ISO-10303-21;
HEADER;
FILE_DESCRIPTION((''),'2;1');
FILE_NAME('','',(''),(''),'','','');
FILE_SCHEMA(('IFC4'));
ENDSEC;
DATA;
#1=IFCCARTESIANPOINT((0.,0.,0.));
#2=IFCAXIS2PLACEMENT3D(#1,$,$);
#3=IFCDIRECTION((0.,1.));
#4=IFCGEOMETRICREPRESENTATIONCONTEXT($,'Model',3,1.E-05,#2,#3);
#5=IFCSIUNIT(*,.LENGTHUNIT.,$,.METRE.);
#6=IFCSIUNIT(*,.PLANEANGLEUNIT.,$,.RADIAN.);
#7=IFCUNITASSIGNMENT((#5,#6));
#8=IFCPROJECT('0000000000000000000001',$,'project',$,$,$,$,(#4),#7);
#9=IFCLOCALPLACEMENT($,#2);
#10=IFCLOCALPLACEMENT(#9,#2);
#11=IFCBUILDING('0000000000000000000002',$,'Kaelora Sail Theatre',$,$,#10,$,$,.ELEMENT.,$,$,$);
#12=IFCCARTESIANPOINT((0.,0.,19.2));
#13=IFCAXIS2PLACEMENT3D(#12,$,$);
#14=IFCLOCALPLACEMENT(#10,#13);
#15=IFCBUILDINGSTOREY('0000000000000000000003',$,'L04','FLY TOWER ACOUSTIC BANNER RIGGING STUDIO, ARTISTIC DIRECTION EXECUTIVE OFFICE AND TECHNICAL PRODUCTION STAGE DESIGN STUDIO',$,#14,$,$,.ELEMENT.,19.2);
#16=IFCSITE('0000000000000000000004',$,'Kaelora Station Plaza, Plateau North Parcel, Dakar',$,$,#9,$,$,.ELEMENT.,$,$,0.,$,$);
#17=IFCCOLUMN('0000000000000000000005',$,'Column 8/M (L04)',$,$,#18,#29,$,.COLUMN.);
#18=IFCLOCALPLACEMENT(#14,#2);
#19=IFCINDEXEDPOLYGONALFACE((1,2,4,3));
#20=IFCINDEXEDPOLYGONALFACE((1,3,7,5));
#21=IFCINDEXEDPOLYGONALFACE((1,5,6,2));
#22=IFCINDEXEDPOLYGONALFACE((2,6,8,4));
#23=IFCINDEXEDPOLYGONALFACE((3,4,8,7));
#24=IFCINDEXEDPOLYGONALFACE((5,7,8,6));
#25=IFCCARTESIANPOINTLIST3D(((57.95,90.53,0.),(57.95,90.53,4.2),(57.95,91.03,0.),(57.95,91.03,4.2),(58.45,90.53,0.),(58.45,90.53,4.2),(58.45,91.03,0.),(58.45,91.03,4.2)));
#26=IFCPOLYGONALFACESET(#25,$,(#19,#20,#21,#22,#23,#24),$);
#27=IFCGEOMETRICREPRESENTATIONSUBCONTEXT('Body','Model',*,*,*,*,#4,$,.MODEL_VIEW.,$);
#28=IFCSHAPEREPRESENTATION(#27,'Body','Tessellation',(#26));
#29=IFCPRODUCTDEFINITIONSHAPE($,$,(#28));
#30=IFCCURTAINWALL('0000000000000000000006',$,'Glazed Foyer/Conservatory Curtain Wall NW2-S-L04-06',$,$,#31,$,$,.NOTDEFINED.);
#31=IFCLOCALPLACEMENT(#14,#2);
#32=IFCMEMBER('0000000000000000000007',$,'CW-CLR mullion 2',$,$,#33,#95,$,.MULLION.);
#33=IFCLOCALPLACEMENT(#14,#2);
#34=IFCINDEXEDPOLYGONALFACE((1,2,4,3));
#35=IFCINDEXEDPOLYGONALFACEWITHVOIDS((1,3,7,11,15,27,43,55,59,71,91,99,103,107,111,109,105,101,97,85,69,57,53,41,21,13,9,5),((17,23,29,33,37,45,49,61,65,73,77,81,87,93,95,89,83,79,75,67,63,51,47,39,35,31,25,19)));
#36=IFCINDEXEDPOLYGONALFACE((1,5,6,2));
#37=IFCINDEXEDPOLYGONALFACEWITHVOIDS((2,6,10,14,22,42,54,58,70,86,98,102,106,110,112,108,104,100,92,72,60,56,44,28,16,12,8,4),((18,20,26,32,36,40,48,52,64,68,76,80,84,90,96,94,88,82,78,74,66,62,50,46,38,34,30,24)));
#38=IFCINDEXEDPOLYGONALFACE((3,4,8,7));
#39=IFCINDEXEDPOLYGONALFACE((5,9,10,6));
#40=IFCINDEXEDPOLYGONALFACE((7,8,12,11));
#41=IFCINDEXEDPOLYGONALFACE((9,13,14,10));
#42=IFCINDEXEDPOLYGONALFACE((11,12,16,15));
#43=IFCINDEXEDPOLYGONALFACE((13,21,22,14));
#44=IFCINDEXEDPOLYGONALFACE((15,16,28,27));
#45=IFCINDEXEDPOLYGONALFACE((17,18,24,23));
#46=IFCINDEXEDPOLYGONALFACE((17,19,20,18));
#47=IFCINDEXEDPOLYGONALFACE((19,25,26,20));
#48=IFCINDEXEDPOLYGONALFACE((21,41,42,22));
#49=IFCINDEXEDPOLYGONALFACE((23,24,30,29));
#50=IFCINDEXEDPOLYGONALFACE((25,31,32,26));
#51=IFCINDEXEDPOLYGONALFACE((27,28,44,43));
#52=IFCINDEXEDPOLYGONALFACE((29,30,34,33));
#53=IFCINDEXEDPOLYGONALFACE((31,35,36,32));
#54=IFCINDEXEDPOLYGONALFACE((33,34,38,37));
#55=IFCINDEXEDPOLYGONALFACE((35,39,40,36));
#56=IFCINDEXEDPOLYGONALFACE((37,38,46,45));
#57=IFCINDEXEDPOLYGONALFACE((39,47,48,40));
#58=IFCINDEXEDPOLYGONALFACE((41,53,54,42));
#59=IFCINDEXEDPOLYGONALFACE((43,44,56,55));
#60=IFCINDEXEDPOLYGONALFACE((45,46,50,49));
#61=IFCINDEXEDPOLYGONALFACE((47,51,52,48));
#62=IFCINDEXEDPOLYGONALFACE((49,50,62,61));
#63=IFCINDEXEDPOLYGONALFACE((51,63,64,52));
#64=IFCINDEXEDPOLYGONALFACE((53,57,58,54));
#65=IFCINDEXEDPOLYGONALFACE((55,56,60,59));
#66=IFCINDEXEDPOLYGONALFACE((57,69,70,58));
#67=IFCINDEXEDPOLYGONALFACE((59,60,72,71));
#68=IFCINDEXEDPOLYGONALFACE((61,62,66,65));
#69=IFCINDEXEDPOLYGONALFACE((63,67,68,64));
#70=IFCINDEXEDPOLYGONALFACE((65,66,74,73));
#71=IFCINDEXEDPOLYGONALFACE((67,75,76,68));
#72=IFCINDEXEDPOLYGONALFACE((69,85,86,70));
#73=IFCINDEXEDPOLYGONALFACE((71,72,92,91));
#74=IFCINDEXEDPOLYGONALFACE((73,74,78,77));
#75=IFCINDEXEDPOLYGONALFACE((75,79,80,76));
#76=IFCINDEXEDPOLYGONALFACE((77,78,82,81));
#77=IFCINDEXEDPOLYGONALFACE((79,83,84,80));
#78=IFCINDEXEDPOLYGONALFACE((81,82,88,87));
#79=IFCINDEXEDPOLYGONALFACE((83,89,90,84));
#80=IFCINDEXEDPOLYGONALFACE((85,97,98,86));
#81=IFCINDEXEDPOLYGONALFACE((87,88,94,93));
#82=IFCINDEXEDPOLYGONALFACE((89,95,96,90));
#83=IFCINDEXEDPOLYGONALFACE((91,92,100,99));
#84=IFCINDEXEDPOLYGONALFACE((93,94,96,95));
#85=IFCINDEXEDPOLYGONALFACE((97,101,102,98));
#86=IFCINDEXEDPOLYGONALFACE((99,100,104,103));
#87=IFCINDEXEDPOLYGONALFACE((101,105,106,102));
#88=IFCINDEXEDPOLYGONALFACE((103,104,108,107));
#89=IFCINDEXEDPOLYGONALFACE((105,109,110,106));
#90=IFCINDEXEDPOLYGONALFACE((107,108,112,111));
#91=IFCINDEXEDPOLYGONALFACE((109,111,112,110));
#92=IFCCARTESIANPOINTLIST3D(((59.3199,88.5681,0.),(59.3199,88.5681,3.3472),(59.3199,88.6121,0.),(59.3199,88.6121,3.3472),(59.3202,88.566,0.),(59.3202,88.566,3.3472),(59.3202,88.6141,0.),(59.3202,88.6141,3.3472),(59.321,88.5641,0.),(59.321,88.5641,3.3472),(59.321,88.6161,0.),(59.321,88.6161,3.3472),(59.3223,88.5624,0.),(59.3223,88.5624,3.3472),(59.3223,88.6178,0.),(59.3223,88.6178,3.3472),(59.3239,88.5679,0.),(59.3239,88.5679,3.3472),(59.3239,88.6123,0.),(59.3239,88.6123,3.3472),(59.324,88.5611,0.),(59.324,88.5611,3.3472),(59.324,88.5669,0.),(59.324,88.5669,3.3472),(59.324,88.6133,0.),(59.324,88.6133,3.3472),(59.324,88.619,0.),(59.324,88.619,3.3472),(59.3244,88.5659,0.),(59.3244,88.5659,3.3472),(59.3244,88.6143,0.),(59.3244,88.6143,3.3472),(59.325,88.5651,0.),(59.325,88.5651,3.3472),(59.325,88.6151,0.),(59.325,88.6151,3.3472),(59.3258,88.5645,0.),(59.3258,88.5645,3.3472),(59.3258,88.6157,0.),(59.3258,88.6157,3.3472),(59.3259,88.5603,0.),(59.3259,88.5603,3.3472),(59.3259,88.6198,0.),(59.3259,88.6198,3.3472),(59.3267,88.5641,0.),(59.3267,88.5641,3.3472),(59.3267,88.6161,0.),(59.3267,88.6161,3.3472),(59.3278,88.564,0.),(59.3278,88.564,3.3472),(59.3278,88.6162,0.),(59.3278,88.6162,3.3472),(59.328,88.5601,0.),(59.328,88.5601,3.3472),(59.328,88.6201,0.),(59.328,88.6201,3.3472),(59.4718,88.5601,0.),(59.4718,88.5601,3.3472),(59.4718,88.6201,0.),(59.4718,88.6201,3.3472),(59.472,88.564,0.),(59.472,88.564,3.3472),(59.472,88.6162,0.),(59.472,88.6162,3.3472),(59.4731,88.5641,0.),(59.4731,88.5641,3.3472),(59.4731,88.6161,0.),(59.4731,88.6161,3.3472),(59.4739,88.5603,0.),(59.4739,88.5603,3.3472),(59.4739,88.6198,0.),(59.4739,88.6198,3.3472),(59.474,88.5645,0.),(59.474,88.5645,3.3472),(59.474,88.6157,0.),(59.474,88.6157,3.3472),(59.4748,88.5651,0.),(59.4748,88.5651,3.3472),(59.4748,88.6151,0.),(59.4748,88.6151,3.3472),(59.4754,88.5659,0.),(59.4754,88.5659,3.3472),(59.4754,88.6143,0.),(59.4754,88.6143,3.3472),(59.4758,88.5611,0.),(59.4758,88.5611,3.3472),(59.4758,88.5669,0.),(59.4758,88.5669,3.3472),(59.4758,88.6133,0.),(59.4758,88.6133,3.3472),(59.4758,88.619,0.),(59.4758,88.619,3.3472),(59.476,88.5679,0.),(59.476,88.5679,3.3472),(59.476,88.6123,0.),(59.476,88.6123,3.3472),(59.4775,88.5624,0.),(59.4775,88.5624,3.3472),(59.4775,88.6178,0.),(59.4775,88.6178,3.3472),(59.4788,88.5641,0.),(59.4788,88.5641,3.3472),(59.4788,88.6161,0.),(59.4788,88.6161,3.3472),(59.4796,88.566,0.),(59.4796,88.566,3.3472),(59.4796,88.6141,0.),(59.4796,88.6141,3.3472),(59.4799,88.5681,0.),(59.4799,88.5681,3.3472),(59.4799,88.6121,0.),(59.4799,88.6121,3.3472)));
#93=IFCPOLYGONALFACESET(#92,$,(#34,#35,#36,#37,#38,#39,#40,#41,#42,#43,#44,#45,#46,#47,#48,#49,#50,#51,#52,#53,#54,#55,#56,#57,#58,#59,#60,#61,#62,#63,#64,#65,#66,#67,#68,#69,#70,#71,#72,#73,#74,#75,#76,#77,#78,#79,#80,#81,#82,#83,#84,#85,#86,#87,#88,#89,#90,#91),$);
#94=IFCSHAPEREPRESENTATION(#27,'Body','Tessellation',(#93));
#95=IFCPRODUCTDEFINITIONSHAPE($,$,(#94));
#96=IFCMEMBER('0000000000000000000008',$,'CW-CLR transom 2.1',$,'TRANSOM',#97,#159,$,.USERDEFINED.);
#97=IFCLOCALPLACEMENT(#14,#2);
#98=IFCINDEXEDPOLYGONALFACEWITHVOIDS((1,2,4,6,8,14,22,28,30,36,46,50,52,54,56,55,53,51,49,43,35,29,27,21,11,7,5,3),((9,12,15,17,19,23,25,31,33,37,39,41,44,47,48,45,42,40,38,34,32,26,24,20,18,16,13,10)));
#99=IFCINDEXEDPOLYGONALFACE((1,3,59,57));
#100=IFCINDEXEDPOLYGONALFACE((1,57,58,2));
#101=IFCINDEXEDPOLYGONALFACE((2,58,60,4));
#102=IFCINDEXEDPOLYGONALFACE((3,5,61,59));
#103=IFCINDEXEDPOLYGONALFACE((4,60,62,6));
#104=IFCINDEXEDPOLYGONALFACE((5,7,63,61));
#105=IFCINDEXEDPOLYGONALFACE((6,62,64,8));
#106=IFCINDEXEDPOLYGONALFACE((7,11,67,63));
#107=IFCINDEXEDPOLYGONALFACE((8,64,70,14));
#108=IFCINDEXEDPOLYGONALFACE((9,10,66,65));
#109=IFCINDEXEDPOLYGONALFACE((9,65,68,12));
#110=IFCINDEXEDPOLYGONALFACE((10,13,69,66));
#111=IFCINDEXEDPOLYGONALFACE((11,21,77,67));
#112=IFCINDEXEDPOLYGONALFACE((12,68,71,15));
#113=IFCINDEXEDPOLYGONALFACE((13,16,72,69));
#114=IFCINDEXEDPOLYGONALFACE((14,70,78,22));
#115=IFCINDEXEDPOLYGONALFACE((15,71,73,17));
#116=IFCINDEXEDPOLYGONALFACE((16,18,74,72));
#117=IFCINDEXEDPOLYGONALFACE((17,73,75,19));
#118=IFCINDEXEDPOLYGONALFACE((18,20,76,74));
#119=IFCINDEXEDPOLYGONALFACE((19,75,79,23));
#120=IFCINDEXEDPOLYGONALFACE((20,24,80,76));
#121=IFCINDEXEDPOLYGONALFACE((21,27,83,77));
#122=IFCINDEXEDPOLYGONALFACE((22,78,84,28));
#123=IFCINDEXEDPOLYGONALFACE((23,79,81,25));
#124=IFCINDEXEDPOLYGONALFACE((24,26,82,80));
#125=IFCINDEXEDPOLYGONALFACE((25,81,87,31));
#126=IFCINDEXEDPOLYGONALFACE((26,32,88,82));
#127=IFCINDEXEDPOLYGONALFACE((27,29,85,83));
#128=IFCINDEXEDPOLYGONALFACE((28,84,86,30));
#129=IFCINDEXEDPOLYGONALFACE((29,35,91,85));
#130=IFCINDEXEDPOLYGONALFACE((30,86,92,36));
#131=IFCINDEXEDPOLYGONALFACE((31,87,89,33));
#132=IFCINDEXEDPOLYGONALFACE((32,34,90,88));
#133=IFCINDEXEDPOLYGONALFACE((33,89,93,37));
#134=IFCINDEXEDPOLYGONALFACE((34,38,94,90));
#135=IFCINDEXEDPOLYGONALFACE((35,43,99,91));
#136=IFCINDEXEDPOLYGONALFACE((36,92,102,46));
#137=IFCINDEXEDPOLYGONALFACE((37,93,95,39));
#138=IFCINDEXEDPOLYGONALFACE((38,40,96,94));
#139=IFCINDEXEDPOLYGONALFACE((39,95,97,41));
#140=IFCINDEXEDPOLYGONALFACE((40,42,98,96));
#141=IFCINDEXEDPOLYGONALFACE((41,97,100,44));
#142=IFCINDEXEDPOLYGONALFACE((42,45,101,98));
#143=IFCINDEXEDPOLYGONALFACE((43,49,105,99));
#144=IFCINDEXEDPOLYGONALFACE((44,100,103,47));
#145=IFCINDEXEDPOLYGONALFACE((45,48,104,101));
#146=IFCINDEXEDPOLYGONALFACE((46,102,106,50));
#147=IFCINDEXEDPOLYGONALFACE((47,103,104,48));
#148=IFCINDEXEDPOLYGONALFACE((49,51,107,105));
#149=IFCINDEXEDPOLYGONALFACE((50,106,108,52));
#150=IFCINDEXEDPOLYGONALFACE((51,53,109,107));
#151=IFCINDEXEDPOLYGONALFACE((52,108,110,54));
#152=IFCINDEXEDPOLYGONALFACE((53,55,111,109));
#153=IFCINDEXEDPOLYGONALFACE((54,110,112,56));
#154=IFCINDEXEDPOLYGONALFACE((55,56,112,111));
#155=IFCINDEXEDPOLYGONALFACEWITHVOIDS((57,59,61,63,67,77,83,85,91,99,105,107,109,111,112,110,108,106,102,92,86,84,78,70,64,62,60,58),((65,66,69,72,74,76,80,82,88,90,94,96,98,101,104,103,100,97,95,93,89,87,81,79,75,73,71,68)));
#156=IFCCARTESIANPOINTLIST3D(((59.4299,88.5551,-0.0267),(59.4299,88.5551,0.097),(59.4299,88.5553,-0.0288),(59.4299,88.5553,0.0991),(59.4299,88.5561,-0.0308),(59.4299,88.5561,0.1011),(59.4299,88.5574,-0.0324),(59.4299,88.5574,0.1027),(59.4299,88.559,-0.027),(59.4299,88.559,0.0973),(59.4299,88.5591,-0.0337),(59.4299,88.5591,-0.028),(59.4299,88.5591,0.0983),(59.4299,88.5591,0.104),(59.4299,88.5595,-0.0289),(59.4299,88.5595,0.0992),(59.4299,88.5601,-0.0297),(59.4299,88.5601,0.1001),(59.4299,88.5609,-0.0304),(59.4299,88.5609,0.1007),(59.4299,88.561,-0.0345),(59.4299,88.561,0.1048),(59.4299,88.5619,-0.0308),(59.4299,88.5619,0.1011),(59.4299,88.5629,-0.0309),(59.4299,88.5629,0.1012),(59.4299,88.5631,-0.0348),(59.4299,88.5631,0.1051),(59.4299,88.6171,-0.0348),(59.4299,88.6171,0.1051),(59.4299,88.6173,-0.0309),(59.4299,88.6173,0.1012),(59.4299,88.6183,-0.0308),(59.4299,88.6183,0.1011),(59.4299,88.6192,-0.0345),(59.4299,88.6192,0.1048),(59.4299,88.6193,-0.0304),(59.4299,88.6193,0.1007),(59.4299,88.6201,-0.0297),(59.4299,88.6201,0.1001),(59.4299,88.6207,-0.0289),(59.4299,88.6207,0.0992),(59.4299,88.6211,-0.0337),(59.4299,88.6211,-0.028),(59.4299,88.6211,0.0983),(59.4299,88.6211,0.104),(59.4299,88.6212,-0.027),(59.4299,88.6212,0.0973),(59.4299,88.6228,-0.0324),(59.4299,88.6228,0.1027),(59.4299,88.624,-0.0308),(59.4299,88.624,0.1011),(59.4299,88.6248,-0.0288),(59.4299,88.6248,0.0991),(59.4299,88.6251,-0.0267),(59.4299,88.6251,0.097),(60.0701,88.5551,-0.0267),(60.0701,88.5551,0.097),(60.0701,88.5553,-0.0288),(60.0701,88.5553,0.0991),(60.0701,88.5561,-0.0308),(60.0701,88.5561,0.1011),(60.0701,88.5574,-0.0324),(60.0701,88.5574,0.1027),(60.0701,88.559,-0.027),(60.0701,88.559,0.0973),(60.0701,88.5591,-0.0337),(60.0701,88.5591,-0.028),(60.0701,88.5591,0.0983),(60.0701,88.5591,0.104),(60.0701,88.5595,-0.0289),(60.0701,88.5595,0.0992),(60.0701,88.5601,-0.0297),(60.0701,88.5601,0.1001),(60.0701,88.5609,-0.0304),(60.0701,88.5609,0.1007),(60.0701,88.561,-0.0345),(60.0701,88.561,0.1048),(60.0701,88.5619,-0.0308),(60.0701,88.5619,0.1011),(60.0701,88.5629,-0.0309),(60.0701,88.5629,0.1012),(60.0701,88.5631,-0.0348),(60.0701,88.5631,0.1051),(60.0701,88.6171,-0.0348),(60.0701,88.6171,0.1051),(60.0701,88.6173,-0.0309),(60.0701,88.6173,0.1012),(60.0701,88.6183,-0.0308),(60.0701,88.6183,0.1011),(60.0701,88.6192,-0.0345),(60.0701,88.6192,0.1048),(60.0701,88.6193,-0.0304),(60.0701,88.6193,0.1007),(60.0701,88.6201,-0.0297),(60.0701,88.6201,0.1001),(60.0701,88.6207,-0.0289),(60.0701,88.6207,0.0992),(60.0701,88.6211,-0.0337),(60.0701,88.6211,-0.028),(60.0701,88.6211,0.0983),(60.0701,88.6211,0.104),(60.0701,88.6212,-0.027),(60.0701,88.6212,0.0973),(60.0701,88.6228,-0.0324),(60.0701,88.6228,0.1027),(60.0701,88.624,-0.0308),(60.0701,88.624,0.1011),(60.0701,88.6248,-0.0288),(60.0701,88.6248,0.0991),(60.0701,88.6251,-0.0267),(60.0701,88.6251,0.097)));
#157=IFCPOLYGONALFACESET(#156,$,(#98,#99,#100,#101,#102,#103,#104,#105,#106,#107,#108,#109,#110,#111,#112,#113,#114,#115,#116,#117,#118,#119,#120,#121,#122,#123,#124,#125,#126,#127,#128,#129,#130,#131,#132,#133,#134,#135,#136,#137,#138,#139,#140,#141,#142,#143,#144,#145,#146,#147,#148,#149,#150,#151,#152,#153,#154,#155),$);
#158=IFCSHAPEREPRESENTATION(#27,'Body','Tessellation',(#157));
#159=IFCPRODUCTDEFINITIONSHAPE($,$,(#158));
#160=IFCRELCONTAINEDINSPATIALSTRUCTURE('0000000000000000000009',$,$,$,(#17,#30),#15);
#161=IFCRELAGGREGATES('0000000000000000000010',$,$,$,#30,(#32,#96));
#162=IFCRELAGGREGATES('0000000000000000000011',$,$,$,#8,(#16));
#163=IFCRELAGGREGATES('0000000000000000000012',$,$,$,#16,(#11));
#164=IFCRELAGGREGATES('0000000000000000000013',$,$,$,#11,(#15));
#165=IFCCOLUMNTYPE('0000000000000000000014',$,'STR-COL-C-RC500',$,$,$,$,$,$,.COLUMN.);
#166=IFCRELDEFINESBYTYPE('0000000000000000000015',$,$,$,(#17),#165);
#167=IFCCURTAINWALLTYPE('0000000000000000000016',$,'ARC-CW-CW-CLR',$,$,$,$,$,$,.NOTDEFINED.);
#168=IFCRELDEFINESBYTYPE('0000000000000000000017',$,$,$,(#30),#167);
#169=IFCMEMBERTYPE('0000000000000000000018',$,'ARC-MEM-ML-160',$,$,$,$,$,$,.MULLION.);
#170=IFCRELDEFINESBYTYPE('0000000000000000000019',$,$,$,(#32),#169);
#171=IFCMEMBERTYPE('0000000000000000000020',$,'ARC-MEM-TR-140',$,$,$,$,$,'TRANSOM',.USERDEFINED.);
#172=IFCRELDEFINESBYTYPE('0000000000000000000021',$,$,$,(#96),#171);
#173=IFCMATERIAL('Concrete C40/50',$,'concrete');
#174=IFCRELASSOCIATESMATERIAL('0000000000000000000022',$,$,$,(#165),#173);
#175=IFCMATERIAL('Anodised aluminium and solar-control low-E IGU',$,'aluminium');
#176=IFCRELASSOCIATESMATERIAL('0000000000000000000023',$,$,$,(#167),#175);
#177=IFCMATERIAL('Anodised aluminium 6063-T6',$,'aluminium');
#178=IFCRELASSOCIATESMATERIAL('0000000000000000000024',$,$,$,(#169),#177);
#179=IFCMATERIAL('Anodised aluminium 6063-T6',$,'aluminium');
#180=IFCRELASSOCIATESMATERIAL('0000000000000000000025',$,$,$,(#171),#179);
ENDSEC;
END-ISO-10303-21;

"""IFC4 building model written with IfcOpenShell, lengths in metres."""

from ifc_helpers import new_model, si_unit, direction, frame, origin, origin_2d, place, context, subcontext, project, spatial, rectangle, hollow_rectangle, extrude, material, material_profile, profile_set, type_object, element, aggregate, save


model = new_model("IFC4")

# Units and contexts
model_context = context("Model", 3, precision=1e-05, world=origin(), true_north=direction((0.0, 1.0)))
body_context = subcontext(model_context, "Body", "Model", "MODEL_VIEW")
ifc_project = project(units=[si_unit("LENGTHUNIT", "METRE"), si_unit("PLANEANGLEUNIT", "RADIAN")], contexts=[model_context])

# Site, building, storey
site_placement = place(None, origin())
site = spatial("IfcSite", under=ifc_project, at=site_placement, Name="Kaelora Station Plaza, Plateau North Parcel, Dakar", CompositionType="ELEMENT", RefElevation=0.0)
building_placement = place(site_placement, origin())
building = spatial("IfcBuilding", under=site, at=building_placement, Name="Kaelora Sail Theatre", CompositionType="ELEMENT")
storey_placement = place(building_placement, frame((0.0, 0.0, 19.2)))
storey = spatial("IfcBuildingStorey", under=building, at=storey_placement, Name="L04", Description="FLY TOWER ACOUSTIC BANNER RIGGING STUDIO, ARTISTIC DIRECTION EXECUTIVE OFFICE AND TECHNICAL PRODUCTION STAGE DESIGN STUDIO", CompositionType="ELEMENT", Elevation=19.2)

# Column
ifc_material_1 = material(Name="Concrete C40/50", Category="concrete")
ifc_material_profile_1 = material_profile(ifc_material_1, rectangle(XDim=0.5, YDim=0.5, at=origin_2d()), Name="RC-COL 500x500")
ifc_profile_set_1 = profile_set([ifc_material_profile_1], Name="Concrete C40/50")
column_type = type_object("IfcColumnType", Name="STR-COL-C-RC500", PredefinedType="COLUMN", material=ifc_profile_set_1)
column_placement = place(storey_placement, frame((58.2, 90.78, 0.0), z_axis=(0.0, 0.0, 1.0), x_axis=(1.0, 0.0, 0.0)))
element("IfcColumn", 1, at=column_placement, inside=storey, type_object=column_type, Name="Column 8/M (L04)", PredefinedType="COLUMN", context=body_context, shape_type="SweptSolid", body=[
    extrude(rectangle(XDim=0.5, YDim=0.5, at=origin_2d()), origin(), (0.0, 0.0, 1.0), 4.2),
])

# Curtain wall, members
ifc_material_2 = material(Name="Anodised aluminium and solar-control low-E IGU", Category="aluminium")
curtain_wall_type = type_object("IfcCurtainWallType", Name="ARC-CW-CW-CLR", PredefinedType="NOTDEFINED", material=ifc_material_2)
curtain_wall_placement = place(storey_placement, origin())
curtain_wall = element("IfcCurtainWall", 2, at=curtain_wall_placement, inside=storey, type_object=curtain_wall_type, Name="Glazed Foyer/Conservatory Curtain Wall NW2-S-L04-06", PredefinedType="NOTDEFINED")
ifc_material_3 = material(Name="Anodised aluminium 6063-T6", Category="aluminium")
ifc_material_profile_2 = material_profile(ifc_material_3, hollow_rectangle(XDim=0.0601, YDim=0.1599, WallThickness=0.0039, InnerFilletRadius=0.0039, OuterFilletRadius=0.0081, at=origin_2d()), Name="ALU-MULL 60x160x4")
ifc_profile_set_2 = profile_set([ifc_material_profile_2], Name="Anodised aluminium 6063-T6")
member_type_1 = type_object("IfcMemberType", Name="ARC-MEM-ML-160", PredefinedType="MULLION", material=ifc_profile_set_2)
member_1_placement = place(storey_placement, frame((59.3999, 88.5901, 0.0), z_axis=(0.0, 0.0, 1.0), x_axis=(0.0, 1.0, 0.0)))
member_1 = element("IfcMember", 3, at=member_1_placement, type_object=member_type_1, Name="CW-CLR mullion 2", PredefinedType="MULLION", context=body_context, shape_type="SweptSolid", body=[
    extrude(hollow_rectangle(XDim=0.0601, YDim=0.1599, WallThickness=0.0039, InnerFilletRadius=0.0039, OuterFilletRadius=0.0081, at=origin_2d()), origin(), (0.0, 0.0, 1.0), 3.3472),
])
ifc_material_4 = material(Name="Anodised aluminium 6063-T6", Category="aluminium")
ifc_material_profile_3 = material_profile(ifc_material_4, hollow_rectangle(XDim=0.0701, YDim=0.1399, WallThickness=0.0039, InnerFilletRadius=0.0039, OuterFilletRadius=0.0081, at=origin_2d()), Name="ALU-TRAN 70x140x4")
ifc_profile_set_3 = profile_set([ifc_material_profile_3], Name="Anodised aluminium 6063-T6")
member_type_2 = type_object("IfcMemberType", Name="ARC-MEM-TR-140", ElementType="TRANSOM", PredefinedType="USERDEFINED", material=ifc_profile_set_3)
member_2_placement = place(storey_placement, frame((59.4299, 88.5901, 0.0352), z_axis=(1.0, 0.0, 0.0), x_axis=(0.0, 1.0, 0.0)))
member_2 = element("IfcMember", 4, at=member_2_placement, type_object=member_type_2, Name="CW-CLR transom 2.1", ObjectType="TRANSOM", PredefinedType="USERDEFINED", context=body_context, shape_type="SweptSolid", body=[
    extrude(hollow_rectangle(XDim=0.0701, YDim=0.1399, WallThickness=0.0039, InnerFilletRadius=0.0039, OuterFilletRadius=0.0081, at=origin_2d()), origin(), (0.0, 0.0, 1.0), 0.6401),
])

aggregate(curtain_wall, [member_1, member_2])

save(model, "model.ifc")
